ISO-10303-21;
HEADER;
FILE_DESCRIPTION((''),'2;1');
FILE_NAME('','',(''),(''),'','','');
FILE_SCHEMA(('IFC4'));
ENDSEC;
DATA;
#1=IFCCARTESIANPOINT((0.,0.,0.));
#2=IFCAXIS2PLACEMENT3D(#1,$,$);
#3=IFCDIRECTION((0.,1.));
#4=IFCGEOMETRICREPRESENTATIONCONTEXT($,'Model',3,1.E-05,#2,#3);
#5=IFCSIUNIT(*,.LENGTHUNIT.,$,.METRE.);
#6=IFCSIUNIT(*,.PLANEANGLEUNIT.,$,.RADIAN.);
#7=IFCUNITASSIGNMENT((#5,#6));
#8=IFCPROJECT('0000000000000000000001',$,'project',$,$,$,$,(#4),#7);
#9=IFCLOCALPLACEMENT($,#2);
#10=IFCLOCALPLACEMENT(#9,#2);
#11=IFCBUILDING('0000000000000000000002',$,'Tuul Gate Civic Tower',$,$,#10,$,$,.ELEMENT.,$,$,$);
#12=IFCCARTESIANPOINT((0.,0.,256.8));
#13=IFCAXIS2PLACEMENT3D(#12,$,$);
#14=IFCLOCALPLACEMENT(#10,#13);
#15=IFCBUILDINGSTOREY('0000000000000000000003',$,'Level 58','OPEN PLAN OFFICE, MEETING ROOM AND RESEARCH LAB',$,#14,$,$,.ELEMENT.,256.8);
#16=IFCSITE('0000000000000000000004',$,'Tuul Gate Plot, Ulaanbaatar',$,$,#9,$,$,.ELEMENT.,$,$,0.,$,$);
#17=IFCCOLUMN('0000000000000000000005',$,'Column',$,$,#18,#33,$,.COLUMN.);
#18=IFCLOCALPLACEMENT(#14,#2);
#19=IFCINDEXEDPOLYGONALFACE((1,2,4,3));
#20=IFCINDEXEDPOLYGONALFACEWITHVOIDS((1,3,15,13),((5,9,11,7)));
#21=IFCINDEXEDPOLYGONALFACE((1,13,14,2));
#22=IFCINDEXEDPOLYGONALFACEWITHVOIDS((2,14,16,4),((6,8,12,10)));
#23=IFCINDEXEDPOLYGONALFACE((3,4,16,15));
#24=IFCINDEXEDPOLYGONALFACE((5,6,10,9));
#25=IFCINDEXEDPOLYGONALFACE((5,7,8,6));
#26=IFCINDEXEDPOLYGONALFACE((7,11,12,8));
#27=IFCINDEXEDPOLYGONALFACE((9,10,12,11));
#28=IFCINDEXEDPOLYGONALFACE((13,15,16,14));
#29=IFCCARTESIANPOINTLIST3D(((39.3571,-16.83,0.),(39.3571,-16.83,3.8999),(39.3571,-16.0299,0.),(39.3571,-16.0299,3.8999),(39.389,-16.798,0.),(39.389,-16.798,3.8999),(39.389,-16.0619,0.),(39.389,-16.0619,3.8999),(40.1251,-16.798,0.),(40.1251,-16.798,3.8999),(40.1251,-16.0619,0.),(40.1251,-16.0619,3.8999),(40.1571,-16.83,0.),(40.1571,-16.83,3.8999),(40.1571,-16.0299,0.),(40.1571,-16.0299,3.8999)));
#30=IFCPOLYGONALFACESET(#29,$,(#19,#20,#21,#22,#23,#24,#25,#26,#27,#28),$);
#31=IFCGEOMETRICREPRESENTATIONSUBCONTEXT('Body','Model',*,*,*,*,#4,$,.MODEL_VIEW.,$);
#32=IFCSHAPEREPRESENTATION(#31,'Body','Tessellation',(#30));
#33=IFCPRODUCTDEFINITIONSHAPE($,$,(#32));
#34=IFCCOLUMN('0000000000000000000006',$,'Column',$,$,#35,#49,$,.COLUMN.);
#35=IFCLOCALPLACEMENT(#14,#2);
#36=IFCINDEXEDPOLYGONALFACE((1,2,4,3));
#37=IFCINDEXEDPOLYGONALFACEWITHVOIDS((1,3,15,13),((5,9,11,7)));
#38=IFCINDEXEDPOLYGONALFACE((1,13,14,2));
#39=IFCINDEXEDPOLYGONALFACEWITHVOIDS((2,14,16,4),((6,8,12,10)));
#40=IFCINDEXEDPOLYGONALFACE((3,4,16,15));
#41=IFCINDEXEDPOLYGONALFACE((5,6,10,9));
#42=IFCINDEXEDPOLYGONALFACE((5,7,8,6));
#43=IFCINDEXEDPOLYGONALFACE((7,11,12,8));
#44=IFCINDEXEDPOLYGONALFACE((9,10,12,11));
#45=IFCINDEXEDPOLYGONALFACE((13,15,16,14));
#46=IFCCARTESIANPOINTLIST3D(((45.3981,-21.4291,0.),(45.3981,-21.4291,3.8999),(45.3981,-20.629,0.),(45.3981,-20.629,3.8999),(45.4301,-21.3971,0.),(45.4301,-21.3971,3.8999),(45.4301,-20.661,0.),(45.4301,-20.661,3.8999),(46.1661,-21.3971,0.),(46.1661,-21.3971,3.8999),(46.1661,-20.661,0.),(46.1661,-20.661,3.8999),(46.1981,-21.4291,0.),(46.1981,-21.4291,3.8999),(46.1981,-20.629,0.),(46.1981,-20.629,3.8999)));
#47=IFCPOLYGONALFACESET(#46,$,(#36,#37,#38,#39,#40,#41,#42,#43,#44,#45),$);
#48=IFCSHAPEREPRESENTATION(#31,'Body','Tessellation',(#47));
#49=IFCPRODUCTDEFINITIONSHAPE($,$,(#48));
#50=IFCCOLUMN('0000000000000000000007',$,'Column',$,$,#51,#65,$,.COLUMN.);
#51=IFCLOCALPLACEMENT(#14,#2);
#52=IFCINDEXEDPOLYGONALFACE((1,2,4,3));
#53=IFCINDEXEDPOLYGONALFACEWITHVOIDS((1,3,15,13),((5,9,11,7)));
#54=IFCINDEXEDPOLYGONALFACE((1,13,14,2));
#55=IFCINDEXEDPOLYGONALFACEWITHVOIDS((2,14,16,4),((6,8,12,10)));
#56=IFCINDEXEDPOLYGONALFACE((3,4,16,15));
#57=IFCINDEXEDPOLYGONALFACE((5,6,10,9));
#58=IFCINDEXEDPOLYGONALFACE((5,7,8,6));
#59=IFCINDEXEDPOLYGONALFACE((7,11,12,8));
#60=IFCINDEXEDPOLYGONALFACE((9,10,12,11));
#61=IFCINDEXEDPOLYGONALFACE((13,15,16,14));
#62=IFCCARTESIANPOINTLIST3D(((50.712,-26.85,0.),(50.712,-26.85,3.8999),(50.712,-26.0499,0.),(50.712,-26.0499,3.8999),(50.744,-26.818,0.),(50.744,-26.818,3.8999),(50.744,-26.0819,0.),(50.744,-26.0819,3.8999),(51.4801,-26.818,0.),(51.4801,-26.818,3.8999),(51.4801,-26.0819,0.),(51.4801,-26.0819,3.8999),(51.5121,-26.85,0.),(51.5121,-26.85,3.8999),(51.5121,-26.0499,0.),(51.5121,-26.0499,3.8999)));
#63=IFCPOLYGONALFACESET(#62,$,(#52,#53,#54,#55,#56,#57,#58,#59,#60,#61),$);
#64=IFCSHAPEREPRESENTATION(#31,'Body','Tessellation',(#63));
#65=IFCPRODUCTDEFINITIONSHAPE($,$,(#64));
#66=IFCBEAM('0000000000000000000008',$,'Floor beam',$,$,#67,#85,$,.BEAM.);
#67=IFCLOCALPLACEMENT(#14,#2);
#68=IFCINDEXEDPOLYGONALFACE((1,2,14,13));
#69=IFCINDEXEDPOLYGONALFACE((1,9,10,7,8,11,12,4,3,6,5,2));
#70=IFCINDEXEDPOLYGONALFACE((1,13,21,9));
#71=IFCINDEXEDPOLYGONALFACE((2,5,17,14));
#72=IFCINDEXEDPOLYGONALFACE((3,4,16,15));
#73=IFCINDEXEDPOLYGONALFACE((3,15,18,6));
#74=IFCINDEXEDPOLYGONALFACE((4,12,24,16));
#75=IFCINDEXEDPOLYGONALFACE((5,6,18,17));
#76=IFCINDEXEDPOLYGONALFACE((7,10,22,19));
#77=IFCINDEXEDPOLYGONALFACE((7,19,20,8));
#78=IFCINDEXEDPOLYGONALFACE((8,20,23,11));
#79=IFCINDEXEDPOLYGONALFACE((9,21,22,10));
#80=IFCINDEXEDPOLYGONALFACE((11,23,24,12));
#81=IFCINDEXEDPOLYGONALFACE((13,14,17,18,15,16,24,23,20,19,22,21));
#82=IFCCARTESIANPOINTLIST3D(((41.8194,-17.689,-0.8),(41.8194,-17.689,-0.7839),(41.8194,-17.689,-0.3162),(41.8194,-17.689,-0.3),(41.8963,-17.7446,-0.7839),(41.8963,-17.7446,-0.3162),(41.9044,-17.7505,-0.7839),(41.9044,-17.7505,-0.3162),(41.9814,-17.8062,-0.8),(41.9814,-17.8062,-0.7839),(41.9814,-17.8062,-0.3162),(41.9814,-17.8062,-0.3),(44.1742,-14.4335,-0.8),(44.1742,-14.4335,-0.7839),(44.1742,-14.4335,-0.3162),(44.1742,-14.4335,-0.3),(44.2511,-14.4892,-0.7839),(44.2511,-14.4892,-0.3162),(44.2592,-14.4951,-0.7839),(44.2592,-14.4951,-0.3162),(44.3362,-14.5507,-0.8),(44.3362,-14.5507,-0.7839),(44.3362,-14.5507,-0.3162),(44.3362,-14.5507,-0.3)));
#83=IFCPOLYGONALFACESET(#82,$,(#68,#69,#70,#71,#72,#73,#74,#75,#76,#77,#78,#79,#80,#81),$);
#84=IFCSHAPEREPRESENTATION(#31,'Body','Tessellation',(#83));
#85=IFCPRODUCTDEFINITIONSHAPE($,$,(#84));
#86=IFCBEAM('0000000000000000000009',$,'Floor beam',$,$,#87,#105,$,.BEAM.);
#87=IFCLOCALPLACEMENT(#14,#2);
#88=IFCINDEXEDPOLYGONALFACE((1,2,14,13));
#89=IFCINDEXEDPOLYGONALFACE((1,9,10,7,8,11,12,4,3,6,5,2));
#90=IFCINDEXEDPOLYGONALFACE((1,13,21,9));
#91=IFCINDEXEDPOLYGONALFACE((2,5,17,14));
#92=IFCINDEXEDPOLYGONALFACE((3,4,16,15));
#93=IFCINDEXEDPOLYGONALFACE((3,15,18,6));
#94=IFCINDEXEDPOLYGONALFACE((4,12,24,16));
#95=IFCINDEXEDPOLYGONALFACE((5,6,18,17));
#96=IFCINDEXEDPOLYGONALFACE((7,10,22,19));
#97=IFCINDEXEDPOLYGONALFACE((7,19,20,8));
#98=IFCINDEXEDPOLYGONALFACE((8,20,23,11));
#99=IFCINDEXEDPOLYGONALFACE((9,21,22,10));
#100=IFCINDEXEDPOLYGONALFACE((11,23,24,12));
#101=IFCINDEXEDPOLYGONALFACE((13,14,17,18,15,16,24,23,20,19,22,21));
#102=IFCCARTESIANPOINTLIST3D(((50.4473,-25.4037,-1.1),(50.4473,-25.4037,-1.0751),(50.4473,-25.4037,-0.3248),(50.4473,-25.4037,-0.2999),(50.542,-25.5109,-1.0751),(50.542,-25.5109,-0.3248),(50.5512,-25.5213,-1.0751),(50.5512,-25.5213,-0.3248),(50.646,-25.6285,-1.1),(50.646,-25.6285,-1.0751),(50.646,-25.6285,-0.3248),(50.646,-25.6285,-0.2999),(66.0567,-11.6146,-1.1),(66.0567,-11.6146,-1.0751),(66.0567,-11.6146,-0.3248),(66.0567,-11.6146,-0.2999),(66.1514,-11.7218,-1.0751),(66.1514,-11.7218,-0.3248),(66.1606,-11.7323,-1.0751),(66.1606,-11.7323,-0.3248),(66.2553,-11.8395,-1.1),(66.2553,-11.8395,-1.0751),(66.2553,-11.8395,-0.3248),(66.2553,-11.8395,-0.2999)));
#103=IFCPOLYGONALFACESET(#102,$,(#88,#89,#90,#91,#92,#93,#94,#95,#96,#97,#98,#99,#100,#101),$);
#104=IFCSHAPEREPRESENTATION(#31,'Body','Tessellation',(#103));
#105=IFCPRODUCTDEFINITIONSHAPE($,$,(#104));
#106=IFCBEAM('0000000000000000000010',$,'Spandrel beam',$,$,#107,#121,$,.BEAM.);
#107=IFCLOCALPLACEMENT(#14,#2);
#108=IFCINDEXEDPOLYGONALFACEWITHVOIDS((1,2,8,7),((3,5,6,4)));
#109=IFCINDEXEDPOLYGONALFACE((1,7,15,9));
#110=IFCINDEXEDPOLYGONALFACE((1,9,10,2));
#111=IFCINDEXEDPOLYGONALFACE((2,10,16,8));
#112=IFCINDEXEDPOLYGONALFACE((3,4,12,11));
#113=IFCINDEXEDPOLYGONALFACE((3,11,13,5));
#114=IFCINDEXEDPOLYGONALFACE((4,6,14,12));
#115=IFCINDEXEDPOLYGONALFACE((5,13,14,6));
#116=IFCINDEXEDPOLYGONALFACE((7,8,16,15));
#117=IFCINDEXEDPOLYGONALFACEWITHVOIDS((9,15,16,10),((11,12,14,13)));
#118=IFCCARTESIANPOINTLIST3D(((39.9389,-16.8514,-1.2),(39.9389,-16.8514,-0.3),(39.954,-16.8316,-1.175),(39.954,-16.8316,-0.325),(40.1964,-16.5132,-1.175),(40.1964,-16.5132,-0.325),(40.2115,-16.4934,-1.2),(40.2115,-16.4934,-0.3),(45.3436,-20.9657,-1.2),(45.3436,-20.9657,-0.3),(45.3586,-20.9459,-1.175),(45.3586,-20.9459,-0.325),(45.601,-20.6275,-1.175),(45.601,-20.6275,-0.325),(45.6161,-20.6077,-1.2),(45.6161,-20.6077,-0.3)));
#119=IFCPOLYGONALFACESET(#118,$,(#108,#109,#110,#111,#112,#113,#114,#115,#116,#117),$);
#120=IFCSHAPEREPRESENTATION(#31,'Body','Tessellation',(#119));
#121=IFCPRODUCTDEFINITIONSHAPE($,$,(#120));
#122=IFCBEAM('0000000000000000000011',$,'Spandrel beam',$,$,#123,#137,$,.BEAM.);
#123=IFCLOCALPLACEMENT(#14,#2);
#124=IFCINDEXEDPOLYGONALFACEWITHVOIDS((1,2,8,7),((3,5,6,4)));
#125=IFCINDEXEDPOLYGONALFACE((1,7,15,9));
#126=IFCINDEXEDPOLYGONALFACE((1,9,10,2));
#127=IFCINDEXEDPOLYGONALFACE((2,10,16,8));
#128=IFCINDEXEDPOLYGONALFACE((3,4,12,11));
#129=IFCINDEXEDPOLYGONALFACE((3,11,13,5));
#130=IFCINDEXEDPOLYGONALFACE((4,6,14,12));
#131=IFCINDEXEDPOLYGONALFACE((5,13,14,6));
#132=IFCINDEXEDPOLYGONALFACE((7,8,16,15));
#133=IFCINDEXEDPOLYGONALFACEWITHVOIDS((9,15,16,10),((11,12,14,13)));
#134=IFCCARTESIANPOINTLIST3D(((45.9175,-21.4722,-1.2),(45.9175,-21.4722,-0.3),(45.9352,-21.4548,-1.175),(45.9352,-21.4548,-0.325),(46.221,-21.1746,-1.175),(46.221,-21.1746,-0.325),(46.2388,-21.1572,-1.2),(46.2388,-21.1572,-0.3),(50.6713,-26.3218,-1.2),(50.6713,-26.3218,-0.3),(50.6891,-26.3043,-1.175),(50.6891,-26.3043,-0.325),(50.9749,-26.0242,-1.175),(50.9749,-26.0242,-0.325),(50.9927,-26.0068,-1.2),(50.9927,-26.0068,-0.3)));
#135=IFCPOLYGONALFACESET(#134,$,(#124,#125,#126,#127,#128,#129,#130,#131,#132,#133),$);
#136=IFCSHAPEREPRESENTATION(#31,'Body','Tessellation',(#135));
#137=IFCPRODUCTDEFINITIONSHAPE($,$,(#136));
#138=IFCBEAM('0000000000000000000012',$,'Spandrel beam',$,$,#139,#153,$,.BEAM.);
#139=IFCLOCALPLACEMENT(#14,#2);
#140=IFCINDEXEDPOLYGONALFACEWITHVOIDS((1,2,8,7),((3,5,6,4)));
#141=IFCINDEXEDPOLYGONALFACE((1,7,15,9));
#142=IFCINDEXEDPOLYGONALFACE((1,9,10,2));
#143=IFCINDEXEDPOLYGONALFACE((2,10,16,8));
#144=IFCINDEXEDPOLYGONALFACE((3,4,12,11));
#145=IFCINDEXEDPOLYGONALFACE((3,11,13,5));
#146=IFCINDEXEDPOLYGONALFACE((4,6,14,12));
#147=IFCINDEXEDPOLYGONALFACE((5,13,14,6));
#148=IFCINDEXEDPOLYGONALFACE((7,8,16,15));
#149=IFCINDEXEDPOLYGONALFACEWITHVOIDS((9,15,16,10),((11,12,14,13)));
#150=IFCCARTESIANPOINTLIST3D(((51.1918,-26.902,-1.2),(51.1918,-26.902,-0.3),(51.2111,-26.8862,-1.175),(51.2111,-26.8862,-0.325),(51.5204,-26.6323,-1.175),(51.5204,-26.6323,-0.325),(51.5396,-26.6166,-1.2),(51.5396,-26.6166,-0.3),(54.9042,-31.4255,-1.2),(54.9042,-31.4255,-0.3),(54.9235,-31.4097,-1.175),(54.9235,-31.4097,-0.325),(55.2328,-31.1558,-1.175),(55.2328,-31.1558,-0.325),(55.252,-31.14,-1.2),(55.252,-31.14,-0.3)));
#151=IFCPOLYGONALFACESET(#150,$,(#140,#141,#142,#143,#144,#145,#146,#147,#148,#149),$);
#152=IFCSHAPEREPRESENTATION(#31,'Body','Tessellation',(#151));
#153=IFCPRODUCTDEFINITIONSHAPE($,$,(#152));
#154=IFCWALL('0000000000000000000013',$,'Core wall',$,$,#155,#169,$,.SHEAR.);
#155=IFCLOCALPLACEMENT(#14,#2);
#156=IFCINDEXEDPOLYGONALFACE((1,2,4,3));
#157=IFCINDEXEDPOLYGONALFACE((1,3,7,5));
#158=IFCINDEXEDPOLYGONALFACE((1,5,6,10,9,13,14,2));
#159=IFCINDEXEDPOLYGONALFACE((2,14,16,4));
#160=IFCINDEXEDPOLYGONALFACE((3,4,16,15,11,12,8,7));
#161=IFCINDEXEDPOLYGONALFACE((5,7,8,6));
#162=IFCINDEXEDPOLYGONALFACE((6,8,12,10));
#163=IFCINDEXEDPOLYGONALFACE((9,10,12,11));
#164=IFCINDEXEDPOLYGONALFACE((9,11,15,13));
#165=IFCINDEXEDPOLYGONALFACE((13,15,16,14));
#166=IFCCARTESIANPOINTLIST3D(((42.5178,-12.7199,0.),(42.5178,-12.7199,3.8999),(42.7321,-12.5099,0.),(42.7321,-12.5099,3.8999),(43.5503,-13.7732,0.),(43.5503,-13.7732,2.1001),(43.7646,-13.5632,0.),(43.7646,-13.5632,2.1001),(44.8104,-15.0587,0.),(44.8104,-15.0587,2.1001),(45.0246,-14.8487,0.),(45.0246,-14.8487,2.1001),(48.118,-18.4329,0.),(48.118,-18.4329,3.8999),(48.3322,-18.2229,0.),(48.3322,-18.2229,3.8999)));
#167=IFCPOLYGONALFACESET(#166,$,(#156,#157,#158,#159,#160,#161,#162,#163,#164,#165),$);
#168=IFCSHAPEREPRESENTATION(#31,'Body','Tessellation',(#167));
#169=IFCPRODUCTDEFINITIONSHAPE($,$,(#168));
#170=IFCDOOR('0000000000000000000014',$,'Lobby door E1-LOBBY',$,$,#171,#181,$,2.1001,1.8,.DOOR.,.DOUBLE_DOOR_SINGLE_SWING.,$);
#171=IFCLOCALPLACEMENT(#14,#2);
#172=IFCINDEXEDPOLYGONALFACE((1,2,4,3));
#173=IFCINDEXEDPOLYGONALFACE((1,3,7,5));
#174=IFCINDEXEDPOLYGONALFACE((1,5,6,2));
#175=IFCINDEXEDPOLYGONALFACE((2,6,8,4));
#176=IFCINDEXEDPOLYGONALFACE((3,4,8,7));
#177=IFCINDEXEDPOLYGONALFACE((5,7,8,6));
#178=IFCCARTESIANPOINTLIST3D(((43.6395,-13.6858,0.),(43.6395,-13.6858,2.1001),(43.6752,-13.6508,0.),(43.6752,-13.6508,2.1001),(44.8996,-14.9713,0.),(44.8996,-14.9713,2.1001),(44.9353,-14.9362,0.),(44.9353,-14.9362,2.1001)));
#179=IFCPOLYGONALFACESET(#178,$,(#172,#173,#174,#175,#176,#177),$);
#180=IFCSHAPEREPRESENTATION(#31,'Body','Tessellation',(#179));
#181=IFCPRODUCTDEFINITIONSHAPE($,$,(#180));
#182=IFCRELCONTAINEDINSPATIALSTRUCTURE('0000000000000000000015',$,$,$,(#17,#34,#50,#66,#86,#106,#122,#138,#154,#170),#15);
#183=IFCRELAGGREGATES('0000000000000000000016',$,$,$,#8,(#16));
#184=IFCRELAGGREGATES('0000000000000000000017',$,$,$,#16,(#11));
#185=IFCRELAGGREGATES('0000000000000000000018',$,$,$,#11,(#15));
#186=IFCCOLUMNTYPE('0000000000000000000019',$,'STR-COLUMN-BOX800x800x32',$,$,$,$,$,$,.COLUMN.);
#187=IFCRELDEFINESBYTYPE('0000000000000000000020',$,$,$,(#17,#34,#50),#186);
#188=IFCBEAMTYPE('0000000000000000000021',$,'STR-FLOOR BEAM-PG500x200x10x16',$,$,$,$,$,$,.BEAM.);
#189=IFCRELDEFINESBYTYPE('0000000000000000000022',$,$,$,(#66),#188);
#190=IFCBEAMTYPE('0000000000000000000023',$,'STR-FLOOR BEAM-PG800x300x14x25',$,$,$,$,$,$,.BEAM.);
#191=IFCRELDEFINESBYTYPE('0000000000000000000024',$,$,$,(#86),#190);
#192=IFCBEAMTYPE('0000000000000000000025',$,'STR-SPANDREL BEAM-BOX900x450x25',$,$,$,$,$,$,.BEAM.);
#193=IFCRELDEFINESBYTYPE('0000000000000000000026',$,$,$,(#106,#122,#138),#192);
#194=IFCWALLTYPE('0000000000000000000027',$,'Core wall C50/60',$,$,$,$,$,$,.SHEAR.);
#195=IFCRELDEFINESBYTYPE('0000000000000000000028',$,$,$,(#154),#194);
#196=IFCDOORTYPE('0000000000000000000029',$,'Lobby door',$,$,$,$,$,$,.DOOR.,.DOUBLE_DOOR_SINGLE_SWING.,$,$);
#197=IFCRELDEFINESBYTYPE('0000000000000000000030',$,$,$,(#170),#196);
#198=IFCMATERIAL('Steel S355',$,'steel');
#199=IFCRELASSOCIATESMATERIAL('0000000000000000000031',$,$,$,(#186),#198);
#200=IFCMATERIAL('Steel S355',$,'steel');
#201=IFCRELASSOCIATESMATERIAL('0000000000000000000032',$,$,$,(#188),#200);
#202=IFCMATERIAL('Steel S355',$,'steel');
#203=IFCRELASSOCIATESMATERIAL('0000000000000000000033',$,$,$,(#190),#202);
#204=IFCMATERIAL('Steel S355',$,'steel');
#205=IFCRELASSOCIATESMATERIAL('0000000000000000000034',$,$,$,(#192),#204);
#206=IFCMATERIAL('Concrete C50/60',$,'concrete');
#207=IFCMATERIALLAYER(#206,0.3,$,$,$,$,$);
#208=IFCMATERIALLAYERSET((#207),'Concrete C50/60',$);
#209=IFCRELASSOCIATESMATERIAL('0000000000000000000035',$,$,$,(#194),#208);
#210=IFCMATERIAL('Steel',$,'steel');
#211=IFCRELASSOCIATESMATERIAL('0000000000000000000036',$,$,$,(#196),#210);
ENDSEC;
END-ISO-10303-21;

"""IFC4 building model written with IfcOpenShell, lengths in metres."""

from ifc_helpers import new_model, si_unit, direction, frame, frame_2d, origin, origin_2d, place, context, subcontext, project, spatial, rectangle, hollow_rectangle, i_section, extrude, material, layer, layer_set, material_profile, profile_set, type_object, element, fill, save


model = new_model("IFC4")

# Units and contexts
model_context = context("Model", 3, precision=1e-05, world=origin(), true_north=direction((0.0, 1.0)))
body_context = subcontext(model_context, "Body", "Model", "MODEL_VIEW")
ifc_project = project(units=[si_unit("LENGTHUNIT", "METRE"), si_unit("PLANEANGLEUNIT", "RADIAN")], contexts=[model_context])

# Site, building, storey
site_placement = place(None, origin())
site = spatial("IfcSite", under=ifc_project, at=site_placement, Name="Tuul Gate Plot, Ulaanbaatar", CompositionType="ELEMENT", RefElevation=0.0)
building_placement = place(site_placement, origin())
building = spatial("IfcBuilding", under=site, at=building_placement, Name="Tuul Gate Civic Tower", CompositionType="ELEMENT")
storey_placement = place(building_placement, frame((0.0, 0.0, 256.8)))
storey = spatial("IfcBuildingStorey", under=building, at=storey_placement, Name="Level 58", Description="OPEN PLAN OFFICE, MEETING ROOM AND RESEARCH LAB", CompositionType="ELEMENT", Elevation=256.8)

# Columns
ifc_material_1 = material(Name="Steel S355", Category="steel")
ifc_material_profile_1 = material_profile(ifc_material_1, hollow_rectangle(XDim=0.8, YDim=0.8, WallThickness=0.032, at=origin_2d()), Name="BOX800x800x32")
ifc_profile_set_1 = profile_set([ifc_material_profile_1], Name="Steel S355")
column_type = type_object("IfcColumnType", Name="STR-COLUMN-BOX800x800x32", PredefinedType="COLUMN", material=ifc_profile_set_1)
for number, where, z_axis, x_axis, name in (
    (1, (39.7571, -16.4299, 0.0), (0.0, 0.0, 1.0), (1.0, 0.0, 0.0), "Column"),
    (2, (45.7981, -21.0291, 0.0), (0.0, 0.0, 1.0), (1.0, 0.0, 0.0), "Column"),
    (3, (51.1121, -26.45, 0.0), (0.0, 0.0, 1.0), (1.0, 0.0, 0.0), "Column"),
):
    element("IfcColumn", number, at=place(storey_placement, frame(where, z_axis=z_axis, x_axis=x_axis)), inside=storey, type_object=column_type, Name=name, PredefinedType="COLUMN", context=body_context, shape_type="SweptSolid", body=[
        extrude(hollow_rectangle(XDim=0.8, YDim=0.8, WallThickness=0.032, at=origin_2d()), origin(), (0.0, 0.0, 1.0), 3.8999),
    ])

# Beams
ifc_material_2 = material(Name="Steel S355", Category="steel")
ifc_material_profile_2 = material_profile(ifc_material_2, i_section(OverallWidth=0.2, OverallDepth=0.5, WebThickness=0.01, FlangeThickness=0.0161, at=origin_2d()), Name="PG500x200x10x16")
ifc_profile_set_2 = profile_set([ifc_material_profile_2], Name="Steel S355")
beam_type_1 = type_object("IfcBeamType", Name="STR-FLOOR BEAM-PG500x200x10x16", PredefinedType="BEAM", material=ifc_profile_set_2)
beam_1_placement = place(storey_placement, frame((41.9004, -17.7476, -0.55), z_axis=(0.586085, 0.81025, 0.0), x_axis=(-0.81025, 0.586085, 0.0)))
element("IfcBeam", 4, at=beam_1_placement, inside=storey, type_object=beam_type_1, Name="Floor beam", PredefinedType="BEAM", context=body_context, shape_type="SweptSolid", body=[
    extrude(i_section(OverallWidth=0.2, OverallDepth=0.5, WebThickness=0.01, FlangeThickness=0.0161, at=origin_2d()), origin(), (0.0, 0.0, 1.0), 4.0178),
])
ifc_material_3 = material(Name="Steel S355", Category="steel")
ifc_material_profile_3 = material_profile(ifc_material_3, i_section(OverallWidth=0.3, OverallDepth=0.8, WebThickness=0.0139, FlangeThickness=0.0249, at=origin_2d()), Name="PG800x300x14x25")
ifc_profile_set_3 = profile_set([ifc_material_profile_3], Name="Steel S355")
beam_type_2 = type_object("IfcBeamType", Name="STR-FLOOR BEAM-PG800x300x14x25", PredefinedType="BEAM", material=ifc_profile_set_3)
beam_2_placement = place(storey_placement, frame((50.5466, -25.5161, -0.7), z_axis=(0.749455, 0.662056, 0.0), x_axis=(-0.662056, 0.749455, 0.0)))
element("IfcBeam", 5, at=beam_2_placement, inside=storey, type_object=beam_type_2, Name="Floor beam", PredefinedType="BEAM", context=body_context, shape_type="SweptSolid", body=[
    extrude(i_section(OverallWidth=0.3, OverallDepth=0.8, WebThickness=0.0139, FlangeThickness=0.0249, at=origin_2d()), origin(), (0.0, 0.0, 1.0), 20.8276),
])
ifc_material_4 = material(Name="Steel S355", Category="steel")
ifc_material_profile_4 = material_profile(ifc_material_4, hollow_rectangle(XDim=0.45, YDim=0.8999, WallThickness=0.0249, at=origin_2d()), Name="BOX900x450x25")
ifc_profile_set_4 = profile_set([ifc_material_profile_4], Name="Steel S355")
beam_type_3 = type_object("IfcBeamType", Name="STR-SPANDREL BEAM-BOX900x450x25", PredefinedType="BEAM", material=ifc_profile_set_4)
beam_3_placement = place(storey_placement, frame((40.0752, -16.6724, -0.75), z_axis=(0.795679, -0.605718, 0.0), x_axis=(0.605718, 0.795679, 0.0)))
element("IfcBeam", 6, at=beam_3_placement, inside=storey, type_object=beam_type_3, Name="Spandrel beam", PredefinedType="BEAM", context=body_context, shape_type="SweptSolid", body=[
    extrude(hollow_rectangle(XDim=0.45, YDim=0.8999, WallThickness=0.0249, at=origin_2d()), origin(), (0.0, 0.0, 1.0), 6.7925),
])
beam_4_placement = place(storey_placement, frame((46.0781, -21.3147, -0.75), z_axis=(0.700025, -0.714118, 0.0), x_axis=(0.714118, 0.700025, 0.0)))
element("IfcBeam", 7, at=beam_4_placement, inside=storey, type_object=beam_type_3, Name="Spandrel beam", PredefinedType="BEAM", context=body_context, shape_type="SweptSolid", body=[
    extrude(hollow_rectangle(XDim=0.45, YDim=0.8999, WallThickness=0.0249, at=origin_2d()), origin(), (0.0, 0.0, 1.0), 6.791),
])
beam_5_placement = place(storey_placement, frame((51.3657, -26.7593, -0.75), z_axis=(0.634405, -0.773001, 0.0), x_axis=(0.773001, 0.634405, 0.0)))
element("IfcBeam", 8, at=beam_5_placement, inside=storey, type_object=beam_type_3, Name="Spandrel beam", PredefinedType="BEAM", context=body_context, shape_type="SweptSolid", body=[
    extrude(hollow_rectangle(XDim=0.45, YDim=0.8999, WallThickness=0.0249, at=origin_2d()), origin(), (0.0, 0.0, 1.0), 5.8518),
])

# Wall, opening, door
ifc_material_5 = material(Name="Concrete C50/60", Category="concrete")
ifc_layer_1 = layer(ifc_material_5, 0.3)
ifc_layer_set_1 = layer_set([ifc_layer_1], Name="Concrete C50/60")
wall_type_1 = type_object("IfcWallType", Name="Core wall C50/60", PredefinedType="SHEAR", material=ifc_layer_set_1)
wall_1_placement = place(storey_placement, frame((48.2251, -18.3279, 0.0), z_axis=(0.0, 0.0, 1.0), x_axis=(-0.700022, 0.714121, 0.0)))
wall_1 = element("IfcWall", 9, at=wall_1_placement, inside=storey, type_object=wall_type_1, Name="Core wall", PredefinedType="SHEAR", context=body_context, shape_type="SweptSolid", body=[
    extrude(rectangle(XDim=8.0, YDim=0.3, at=frame_2d((4.0, 0.0))), origin(), (0.0, 0.0, 1.0), 3.8999),
])
opening_1_placement = place(wall_1_placement, frame((4.7251, 0.0, 0.0)))
opening_1 = element("IfcOpeningElement", 10, at=opening_1_placement, cuts=wall_1, PredefinedType="OPENING", context=body_context, shape_type="SweptSolid", body=[
    extrude(rectangle(XDim=1.8, YDim=2.1001, at=frame_2d((0.8999, 1.05))), frame((0.0, 0.1602, 0.0), z_axis=(0.0, -1.0, 0.0), x_axis=(1.0, 0.0, 0.0)), (0.0, 0.0, 1.0), 0.3201),
])
ifc_material_6 = material(Name="Steel", Category="steel")
door_type_1 = type_object("IfcDoorType", Name="Lobby door", OperationType="DOUBLE_DOOR_SINGLE_SWING", PredefinedType="DOOR", material=ifc_material_6)
door_1_placement = place(opening_1_placement, frame((1.8, 0.0, 0.0), z_axis=(0.0, 0.0, 1.0), x_axis=(-1.0, 0.0, 0.0)))
door_1 = element("IfcDoor", 11, at=door_1_placement, inside=storey, type_object=door_type_1, Name="Lobby door E1-LOBBY", OperationType="DOUBLE_DOOR_SINGLE_SWING", OverallHeight=2.1001, OverallWidth=1.8, PredefinedType="DOOR", context=body_context, shape_type="SweptSolid", body=[
    extrude(rectangle(XDim=1.8, YDim=2.1001, at=frame_2d((0.9001, 1.05))), frame((0.0, 0.0249, 0.0), z_axis=(0.0, -1.0, 0.0), x_axis=(1.0, 0.0, 0.0)), (0.0, 0.0, 1.0), 0.05),
])
fill(opening_1, door_1)

save(model, "model.ifc")
